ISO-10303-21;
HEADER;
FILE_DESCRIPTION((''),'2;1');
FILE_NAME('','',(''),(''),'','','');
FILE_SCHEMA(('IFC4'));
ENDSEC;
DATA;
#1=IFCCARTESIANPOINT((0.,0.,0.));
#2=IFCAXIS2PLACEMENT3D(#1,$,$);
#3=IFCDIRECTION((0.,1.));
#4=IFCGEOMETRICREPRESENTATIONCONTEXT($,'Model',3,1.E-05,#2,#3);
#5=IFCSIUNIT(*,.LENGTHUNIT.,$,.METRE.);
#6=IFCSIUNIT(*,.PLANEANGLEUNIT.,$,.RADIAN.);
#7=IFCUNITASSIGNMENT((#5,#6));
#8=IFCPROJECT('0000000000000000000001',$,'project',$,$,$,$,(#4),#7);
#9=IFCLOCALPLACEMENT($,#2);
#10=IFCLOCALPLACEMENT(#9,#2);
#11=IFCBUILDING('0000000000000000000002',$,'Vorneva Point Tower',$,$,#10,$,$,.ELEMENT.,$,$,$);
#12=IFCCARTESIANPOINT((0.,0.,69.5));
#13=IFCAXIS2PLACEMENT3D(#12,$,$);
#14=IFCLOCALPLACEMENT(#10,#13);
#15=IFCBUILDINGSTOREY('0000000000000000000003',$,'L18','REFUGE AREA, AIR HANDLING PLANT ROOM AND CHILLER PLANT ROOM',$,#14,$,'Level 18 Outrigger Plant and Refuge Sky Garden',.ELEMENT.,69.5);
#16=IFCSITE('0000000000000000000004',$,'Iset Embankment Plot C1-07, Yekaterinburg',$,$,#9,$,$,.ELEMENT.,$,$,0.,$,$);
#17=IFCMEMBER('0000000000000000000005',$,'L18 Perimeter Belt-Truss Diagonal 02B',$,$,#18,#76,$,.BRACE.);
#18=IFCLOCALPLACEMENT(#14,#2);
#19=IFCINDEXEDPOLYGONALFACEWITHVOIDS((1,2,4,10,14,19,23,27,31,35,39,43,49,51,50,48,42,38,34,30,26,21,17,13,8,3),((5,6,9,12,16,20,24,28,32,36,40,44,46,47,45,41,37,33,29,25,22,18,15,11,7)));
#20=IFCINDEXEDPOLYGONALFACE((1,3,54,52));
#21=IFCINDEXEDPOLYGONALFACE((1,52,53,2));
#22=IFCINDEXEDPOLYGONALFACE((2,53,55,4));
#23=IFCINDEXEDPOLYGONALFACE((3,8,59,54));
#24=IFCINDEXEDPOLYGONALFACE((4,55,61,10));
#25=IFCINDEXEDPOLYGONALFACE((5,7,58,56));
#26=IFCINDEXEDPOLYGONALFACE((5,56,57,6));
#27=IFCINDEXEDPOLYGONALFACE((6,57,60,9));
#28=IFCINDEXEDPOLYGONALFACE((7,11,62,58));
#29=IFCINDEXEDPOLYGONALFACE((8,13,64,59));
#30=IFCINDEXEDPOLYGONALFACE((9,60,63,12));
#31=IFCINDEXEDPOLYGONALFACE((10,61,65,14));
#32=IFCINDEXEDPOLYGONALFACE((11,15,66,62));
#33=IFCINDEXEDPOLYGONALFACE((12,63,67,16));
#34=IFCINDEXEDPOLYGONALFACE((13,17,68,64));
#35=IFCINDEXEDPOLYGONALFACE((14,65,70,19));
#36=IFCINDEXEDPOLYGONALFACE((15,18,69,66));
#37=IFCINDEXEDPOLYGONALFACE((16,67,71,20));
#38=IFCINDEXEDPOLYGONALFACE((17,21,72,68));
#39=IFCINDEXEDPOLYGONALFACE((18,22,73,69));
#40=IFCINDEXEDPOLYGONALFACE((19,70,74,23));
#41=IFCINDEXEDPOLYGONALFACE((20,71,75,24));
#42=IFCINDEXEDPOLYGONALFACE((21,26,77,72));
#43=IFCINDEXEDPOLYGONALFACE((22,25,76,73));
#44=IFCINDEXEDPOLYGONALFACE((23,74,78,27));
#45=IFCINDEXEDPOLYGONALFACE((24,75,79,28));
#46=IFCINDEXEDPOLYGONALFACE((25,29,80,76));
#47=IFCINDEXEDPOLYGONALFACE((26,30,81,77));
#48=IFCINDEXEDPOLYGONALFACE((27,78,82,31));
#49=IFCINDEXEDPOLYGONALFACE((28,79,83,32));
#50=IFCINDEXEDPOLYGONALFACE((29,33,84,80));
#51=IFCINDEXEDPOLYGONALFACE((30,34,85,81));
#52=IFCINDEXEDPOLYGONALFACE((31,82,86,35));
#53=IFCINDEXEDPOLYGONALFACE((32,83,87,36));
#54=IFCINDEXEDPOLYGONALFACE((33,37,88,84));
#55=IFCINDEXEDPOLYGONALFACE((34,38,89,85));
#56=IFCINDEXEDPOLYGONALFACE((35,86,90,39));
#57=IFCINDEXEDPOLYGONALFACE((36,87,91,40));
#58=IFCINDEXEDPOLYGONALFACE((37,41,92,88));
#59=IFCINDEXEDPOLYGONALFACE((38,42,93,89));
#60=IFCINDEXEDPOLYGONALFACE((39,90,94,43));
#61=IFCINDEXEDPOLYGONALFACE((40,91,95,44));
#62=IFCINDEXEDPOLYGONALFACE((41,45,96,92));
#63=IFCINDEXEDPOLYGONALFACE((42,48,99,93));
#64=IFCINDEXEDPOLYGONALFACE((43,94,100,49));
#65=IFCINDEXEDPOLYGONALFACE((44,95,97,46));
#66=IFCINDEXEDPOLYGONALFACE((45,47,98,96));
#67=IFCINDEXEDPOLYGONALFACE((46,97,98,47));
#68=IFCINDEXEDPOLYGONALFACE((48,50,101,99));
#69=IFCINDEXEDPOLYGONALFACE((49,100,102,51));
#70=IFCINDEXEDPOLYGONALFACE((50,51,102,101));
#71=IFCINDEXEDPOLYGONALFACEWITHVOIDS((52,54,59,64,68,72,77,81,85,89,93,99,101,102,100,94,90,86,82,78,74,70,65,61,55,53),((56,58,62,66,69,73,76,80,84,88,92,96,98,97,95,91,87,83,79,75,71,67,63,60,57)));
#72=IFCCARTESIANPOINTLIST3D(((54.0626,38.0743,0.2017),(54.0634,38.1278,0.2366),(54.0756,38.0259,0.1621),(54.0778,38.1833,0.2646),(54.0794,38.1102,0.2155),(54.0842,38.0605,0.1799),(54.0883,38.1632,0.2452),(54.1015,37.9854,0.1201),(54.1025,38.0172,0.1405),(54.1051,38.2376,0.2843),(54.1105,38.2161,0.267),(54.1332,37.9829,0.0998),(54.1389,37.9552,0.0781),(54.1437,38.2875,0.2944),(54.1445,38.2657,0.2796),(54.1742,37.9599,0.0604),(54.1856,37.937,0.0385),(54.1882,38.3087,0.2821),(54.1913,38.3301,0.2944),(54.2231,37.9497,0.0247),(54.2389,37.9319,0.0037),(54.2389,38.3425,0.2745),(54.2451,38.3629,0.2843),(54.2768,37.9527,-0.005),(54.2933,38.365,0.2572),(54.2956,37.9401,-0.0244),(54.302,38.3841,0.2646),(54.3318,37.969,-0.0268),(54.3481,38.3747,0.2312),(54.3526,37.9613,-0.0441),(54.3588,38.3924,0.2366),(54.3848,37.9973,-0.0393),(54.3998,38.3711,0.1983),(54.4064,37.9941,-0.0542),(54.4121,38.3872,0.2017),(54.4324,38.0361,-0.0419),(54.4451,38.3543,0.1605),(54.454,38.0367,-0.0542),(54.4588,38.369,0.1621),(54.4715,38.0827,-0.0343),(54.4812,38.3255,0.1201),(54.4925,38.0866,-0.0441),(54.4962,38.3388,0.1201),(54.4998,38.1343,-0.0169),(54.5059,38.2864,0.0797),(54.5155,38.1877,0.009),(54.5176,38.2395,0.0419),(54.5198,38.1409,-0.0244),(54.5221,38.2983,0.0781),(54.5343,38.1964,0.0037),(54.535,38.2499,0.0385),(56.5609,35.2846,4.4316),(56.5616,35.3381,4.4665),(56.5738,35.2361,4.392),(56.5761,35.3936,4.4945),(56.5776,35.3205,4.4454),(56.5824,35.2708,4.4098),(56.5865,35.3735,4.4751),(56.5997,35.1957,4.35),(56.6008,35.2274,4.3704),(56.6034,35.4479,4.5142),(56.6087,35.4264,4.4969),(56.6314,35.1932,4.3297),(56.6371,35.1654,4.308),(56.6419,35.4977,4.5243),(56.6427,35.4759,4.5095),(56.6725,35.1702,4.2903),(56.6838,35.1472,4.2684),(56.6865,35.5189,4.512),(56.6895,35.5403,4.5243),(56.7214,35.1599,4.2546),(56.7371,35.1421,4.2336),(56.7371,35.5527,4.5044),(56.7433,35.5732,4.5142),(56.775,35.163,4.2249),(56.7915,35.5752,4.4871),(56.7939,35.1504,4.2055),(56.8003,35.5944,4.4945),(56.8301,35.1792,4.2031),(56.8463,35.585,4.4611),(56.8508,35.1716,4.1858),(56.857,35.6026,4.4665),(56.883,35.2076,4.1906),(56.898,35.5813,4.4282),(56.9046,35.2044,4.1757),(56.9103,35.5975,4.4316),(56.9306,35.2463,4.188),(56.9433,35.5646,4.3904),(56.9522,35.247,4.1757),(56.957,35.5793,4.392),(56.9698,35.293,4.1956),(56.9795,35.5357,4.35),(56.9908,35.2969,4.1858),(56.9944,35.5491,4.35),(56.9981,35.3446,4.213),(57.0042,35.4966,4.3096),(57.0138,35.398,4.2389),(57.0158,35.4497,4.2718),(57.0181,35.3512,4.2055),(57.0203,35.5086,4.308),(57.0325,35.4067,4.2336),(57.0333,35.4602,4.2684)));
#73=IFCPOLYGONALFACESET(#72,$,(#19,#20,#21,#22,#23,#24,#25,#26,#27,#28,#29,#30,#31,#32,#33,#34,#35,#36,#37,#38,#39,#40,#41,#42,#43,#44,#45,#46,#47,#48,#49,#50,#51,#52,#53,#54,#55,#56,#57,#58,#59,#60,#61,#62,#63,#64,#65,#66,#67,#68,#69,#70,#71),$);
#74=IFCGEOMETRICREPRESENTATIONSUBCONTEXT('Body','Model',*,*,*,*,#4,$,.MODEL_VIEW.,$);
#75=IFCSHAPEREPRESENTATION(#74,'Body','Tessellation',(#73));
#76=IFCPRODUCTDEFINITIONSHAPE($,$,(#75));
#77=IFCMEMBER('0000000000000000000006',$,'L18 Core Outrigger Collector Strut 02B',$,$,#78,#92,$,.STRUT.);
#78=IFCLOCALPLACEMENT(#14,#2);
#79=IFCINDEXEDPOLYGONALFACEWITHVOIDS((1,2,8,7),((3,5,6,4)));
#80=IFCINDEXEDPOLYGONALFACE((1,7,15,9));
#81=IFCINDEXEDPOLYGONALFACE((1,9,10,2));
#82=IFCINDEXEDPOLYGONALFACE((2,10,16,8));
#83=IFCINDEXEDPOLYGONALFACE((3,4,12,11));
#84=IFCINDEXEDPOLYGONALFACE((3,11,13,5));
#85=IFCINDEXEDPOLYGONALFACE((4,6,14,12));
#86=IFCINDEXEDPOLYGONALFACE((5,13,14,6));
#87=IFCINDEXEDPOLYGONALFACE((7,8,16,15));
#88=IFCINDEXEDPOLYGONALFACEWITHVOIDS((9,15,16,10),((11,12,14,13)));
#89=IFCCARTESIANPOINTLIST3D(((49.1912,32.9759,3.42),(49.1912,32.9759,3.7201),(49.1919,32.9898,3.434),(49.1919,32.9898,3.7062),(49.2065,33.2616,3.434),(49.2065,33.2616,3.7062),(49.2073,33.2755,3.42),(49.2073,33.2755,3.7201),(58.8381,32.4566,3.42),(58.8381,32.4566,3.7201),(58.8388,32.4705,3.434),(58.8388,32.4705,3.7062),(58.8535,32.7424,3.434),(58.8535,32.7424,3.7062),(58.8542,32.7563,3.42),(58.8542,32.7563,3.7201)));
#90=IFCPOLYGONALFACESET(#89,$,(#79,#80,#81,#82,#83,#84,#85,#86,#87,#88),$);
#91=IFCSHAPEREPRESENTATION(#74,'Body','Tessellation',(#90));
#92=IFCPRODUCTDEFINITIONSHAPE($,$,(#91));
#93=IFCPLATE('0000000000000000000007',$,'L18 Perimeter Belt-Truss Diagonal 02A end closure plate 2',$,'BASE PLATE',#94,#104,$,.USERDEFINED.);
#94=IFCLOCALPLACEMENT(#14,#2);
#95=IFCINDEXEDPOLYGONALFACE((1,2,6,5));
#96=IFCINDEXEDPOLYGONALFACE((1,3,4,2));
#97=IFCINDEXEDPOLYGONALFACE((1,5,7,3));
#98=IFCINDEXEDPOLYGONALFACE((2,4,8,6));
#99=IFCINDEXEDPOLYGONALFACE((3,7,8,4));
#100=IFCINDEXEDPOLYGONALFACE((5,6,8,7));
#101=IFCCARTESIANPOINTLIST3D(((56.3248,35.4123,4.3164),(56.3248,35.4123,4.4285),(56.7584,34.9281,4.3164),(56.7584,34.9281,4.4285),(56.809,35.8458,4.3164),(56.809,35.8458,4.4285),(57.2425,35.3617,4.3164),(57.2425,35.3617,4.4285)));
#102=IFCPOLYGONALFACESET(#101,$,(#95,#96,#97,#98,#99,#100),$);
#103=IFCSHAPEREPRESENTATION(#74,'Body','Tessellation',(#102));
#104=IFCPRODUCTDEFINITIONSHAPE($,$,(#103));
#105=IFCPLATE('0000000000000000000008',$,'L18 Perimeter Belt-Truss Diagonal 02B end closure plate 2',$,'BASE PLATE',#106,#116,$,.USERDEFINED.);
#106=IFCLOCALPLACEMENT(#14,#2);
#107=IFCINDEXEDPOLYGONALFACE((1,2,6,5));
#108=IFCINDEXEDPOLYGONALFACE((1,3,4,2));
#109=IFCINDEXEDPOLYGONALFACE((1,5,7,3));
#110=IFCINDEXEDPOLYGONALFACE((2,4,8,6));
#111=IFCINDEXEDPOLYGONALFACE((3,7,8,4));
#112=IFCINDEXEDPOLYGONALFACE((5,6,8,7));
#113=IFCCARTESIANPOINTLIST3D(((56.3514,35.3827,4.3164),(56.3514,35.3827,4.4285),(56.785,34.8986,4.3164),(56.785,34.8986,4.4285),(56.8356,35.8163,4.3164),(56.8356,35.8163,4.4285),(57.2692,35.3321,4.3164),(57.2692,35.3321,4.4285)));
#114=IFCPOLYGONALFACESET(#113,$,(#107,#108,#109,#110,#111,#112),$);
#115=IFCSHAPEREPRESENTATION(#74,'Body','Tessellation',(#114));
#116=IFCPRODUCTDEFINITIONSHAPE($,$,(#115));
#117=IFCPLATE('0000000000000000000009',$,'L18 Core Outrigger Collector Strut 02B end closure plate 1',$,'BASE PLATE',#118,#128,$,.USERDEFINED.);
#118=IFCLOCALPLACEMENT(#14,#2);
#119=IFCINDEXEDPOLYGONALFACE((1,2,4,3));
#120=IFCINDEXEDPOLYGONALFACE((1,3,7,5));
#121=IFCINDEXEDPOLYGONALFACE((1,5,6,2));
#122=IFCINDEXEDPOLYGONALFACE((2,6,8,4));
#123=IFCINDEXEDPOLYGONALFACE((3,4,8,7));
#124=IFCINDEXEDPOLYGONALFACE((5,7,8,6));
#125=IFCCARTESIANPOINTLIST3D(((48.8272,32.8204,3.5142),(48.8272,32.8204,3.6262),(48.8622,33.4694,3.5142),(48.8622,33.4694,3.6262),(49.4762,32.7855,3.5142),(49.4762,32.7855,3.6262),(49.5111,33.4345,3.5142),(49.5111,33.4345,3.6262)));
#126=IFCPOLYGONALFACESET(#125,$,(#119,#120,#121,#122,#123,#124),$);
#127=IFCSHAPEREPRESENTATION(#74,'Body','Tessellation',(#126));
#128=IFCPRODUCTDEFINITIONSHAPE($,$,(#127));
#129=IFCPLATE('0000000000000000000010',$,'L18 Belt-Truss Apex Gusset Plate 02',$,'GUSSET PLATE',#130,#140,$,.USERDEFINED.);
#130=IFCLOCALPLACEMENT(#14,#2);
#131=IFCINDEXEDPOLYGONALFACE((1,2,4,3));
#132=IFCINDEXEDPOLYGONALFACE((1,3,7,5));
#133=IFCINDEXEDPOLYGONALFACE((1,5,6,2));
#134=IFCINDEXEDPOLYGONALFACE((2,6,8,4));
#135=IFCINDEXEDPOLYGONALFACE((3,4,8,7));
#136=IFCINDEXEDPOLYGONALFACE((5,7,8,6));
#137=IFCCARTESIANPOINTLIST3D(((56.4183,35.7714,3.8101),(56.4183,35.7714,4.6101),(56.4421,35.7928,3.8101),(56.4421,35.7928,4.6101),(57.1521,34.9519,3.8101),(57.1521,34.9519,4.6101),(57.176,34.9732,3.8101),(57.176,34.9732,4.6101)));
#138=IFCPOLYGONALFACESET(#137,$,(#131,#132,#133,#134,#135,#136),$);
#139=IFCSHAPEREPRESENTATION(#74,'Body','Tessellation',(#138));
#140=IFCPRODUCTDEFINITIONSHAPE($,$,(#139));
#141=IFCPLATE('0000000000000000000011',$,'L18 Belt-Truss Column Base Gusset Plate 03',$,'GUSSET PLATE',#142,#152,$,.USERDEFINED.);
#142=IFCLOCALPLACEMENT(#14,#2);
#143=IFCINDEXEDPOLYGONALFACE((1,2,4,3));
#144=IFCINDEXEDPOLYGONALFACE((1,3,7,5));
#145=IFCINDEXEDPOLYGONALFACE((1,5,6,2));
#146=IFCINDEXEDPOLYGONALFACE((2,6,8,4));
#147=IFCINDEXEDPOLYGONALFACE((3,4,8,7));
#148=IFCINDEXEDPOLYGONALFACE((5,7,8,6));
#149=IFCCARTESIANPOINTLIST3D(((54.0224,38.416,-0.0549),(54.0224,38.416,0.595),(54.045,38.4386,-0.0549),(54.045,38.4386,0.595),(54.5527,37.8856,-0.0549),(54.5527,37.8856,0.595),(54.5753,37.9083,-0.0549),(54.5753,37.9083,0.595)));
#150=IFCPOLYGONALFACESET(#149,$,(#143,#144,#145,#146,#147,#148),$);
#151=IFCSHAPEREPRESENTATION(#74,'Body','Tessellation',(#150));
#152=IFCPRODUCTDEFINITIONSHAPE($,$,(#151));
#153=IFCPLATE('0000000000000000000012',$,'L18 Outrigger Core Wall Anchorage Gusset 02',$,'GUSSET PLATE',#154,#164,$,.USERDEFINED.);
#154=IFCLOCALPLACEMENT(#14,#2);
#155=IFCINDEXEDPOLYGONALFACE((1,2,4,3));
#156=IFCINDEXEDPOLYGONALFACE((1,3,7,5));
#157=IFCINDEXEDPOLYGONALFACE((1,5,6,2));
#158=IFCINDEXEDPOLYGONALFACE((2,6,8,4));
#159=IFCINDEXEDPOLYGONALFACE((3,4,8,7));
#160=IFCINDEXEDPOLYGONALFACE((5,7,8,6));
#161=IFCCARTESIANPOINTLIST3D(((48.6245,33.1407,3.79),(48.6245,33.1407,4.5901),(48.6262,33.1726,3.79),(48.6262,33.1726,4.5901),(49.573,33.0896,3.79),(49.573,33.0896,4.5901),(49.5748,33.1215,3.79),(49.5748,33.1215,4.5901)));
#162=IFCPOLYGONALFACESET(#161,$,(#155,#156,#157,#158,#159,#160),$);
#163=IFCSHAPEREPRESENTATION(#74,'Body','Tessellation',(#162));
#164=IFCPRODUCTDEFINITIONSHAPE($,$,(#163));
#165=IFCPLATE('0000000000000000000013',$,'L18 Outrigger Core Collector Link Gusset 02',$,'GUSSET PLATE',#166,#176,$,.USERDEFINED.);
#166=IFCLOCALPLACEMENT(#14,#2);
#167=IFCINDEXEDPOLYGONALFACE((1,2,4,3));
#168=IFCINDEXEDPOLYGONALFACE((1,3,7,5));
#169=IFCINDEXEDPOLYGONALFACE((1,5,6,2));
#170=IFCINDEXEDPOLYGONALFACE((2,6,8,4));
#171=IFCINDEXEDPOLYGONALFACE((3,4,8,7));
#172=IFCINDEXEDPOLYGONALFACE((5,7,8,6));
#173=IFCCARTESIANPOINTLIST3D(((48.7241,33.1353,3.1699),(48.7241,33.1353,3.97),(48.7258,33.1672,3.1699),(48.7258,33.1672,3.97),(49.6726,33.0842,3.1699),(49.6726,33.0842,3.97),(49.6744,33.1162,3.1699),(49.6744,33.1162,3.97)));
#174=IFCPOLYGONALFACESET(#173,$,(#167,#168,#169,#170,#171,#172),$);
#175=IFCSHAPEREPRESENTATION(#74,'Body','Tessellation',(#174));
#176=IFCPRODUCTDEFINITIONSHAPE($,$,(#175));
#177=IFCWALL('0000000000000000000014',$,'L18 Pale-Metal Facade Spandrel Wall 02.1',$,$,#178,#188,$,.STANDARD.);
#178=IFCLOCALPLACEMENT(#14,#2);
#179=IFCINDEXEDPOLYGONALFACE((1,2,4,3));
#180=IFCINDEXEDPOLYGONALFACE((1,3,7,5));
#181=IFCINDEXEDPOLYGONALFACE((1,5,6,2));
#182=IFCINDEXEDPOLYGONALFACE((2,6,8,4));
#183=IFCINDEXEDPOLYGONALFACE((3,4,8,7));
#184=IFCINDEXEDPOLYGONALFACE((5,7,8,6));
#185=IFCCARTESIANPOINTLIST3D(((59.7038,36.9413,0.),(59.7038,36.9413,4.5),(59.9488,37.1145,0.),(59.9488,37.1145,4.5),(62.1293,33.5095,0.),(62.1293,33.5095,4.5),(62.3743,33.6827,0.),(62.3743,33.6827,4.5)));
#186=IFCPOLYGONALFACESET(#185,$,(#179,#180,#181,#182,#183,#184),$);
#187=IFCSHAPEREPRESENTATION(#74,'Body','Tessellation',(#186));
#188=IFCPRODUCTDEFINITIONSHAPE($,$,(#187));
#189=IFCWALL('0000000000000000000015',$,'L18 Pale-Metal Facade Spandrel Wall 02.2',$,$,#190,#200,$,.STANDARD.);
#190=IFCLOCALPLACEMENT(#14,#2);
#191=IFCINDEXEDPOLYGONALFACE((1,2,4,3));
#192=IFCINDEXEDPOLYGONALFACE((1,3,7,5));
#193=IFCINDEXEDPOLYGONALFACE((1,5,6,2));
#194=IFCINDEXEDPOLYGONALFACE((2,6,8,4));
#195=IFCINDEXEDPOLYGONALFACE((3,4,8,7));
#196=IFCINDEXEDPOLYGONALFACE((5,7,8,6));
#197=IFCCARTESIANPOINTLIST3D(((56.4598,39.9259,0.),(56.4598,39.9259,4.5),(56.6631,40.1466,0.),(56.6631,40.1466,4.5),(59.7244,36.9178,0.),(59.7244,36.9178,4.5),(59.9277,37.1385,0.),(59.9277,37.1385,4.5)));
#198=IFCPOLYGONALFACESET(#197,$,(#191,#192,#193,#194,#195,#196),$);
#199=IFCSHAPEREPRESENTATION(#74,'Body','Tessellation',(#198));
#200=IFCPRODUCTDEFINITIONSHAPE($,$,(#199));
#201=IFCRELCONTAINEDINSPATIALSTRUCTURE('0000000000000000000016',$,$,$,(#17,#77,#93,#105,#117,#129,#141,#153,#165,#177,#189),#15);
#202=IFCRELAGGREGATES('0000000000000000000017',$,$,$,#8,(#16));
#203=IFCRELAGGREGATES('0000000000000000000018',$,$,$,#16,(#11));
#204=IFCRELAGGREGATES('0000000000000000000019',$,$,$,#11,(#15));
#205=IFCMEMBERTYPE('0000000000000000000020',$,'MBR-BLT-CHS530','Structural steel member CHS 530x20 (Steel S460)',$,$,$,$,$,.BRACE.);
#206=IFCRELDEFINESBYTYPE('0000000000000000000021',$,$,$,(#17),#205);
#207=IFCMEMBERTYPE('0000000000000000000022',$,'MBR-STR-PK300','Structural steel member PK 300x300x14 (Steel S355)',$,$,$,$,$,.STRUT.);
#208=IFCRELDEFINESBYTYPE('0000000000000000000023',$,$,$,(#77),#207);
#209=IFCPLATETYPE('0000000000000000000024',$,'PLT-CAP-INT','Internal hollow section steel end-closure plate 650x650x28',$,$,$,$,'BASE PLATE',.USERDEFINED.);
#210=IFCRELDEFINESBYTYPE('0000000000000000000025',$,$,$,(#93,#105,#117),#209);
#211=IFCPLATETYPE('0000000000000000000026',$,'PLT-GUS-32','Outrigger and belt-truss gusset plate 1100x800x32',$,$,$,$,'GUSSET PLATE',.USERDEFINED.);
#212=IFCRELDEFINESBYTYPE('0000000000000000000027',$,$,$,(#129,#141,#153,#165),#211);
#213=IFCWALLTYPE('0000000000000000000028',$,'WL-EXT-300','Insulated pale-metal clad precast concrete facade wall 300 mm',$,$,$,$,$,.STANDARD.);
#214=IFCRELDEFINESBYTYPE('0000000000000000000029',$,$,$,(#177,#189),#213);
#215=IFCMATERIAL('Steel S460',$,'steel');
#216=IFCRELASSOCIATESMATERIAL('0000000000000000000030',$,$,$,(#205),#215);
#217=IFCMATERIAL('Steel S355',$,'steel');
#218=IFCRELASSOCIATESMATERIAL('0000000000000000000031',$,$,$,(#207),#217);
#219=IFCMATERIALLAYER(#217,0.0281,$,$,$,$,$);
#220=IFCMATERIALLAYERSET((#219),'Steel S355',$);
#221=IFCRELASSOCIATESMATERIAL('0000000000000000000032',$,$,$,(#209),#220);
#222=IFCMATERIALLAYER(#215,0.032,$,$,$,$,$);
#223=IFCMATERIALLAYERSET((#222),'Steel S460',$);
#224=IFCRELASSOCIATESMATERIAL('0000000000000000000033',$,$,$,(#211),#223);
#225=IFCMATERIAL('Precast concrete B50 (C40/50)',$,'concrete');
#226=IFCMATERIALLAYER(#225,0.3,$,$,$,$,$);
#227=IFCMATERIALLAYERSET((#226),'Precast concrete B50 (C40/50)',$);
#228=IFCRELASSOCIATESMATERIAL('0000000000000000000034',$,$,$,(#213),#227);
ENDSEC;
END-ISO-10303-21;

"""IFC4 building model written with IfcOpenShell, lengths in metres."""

from ifc_helpers import new_model, si_unit, direction, frame, frame_2d, origin, origin_2d, place, context, subcontext, project, spatial, rectangle, hollow_rectangle, hollow_circle, extrude, material, layer, layer_set, material_profile, profile_set, type_object, element, save


model = new_model("IFC4")

# Units and contexts
model_context = context("Model", 3, precision=1e-05, world=origin(), true_north=direction((0.0, 1.0)))
body_context = subcontext(model_context, "Body", "Model", "MODEL_VIEW")
ifc_project = project(units=[si_unit("LENGTHUNIT", "METRE"), si_unit("PLANEANGLEUNIT", "RADIAN")], contexts=[model_context])

# Site, building, storey
site_placement = place(None, origin())
site = spatial("IfcSite", under=ifc_project, at=site_placement, Name="Iset Embankment Plot C1-07, Yekaterinburg", CompositionType="ELEMENT", RefElevation=0.0)
building_placement = place(site_placement, origin())
building = spatial("IfcBuilding", under=site, at=building_placement, Name="Vorneva Point Tower", CompositionType="ELEMENT")
storey_placement = place(building_placement, frame((0.0, 0.0, 69.5)))
storey = spatial("IfcBuildingStorey", under=building, at=storey_placement, Name="L18", Description="REFUGE AREA, AIR HANDLING PLANT ROOM AND CHILLER PLANT ROOM", LongName="Level 18 Outrigger Plant and Refuge Sky Garden", CompositionType="ELEMENT", Elevation=69.5)

# Shared definitions
ifc_material_1 = material(Name="Steel S460", Category="steel")
ifc_material_2 = material(Name="Steel S355", Category="steel")

# Members
ifc_material_profile_1 = material_profile(ifc_material_1, hollow_circle(Radius=0.2649, WallThickness=0.02, at=origin_2d()), Name="CHS 530x20")
ifc_profile_set_1 = profile_set([ifc_material_profile_1], Name="Steel S460")
member_type_1 = type_object("IfcMemberType", Name="MBR-BLT-CHS530", Description="Structural steel member CHS 530x20 (Steel S460)", PredefinedType="BRACE", material=ifc_profile_set_1)
member_1_placement = place(storey_placement, frame((54.2988, 38.1621, 0.1201), z_axis=(0.442212, -0.49381, 0.748732), x_axis=(0.744955, 0.667115, 0.0)))
element("IfcMember", 1, at=member_1_placement, inside=storey, type_object=member_type_1, Name="L18 Perimeter Belt-Truss Diagonal 02B", PredefinedType="BRACE", context=body_context, shape_type="SweptSolid", body=[
    extrude(hollow_circle(Radius=0.2649, WallThickness=0.02, at=origin_2d()), origin(), (0.0, 0.0, 1.0), 5.6494),
])
ifc_material_profile_2 = material_profile(ifc_material_2, hollow_rectangle(XDim=0.3, YDim=0.3, WallThickness=0.0139, at=origin_2d()), Name="PK 300x300x14")
ifc_profile_set_2 = profile_set([ifc_material_profile_2], Name="Steel S355")
member_type_2 = type_object("IfcMemberType", Name="MBR-STR-PK300", Description="Structural steel member PK 300x300x14 (Steel S355)", PredefinedType="STRUT", material=ifc_profile_set_2)
member_2_placement = place(storey_placement, frame((49.1992, 33.1257, 3.5701), z_axis=(0.998554, -0.053751, 0.0), x_axis=(0.053751, 0.998554, 0.0)))
element("IfcMember", 2, at=member_2_placement, inside=storey, type_object=member_type_2, Name="L18 Core Outrigger Collector Strut 02B", PredefinedType="STRUT", context=body_context, shape_type="SweptSolid", body=[
    extrude(hollow_rectangle(XDim=0.3, YDim=0.3, WallThickness=0.0139, at=origin_2d()), origin(), (0.0, 0.0, 1.0), 9.6609),
])

# Plates
ifc_layer_1 = layer(ifc_material_2, 0.0281)
ifc_layer_set_1 = layer_set([ifc_layer_1], Name="Steel S355")
plate_type_1 = type_object("IfcPlateType", Name="PLT-CAP-INT", Description="Internal hollow section steel end-closure plate 650x650x28", ElementType="BASE PLATE", PredefinedType="USERDEFINED", material=ifc_layer_set_1)
for number, where, z_axis, x_axis, name in (
    (3, (56.7837, 35.387, 4.3164), (0.0, 0.0, 1.0), (-0.667092, 0.744976, 0.0), "L18 Perimeter Belt-Truss Diagonal 02A end closure plate 2"),
    (4, (56.8103, 35.3574, 4.3164), (0.0, 0.0, 1.0), (0.667092, -0.744976, 0.0), "L18 Perimeter Belt-Truss Diagonal 02B end closure plate 2"),
    (5, (49.1692, 33.1274, 3.5142), (0.0, 0.0, 1.0), (0.998554, -0.053765, 0.0), "L18 Core Outrigger Collector Strut 02B end closure plate 1"),
):
    element("IfcPlate", number, at=place(storey_placement, frame(where, z_axis=z_axis, x_axis=x_axis)), inside=storey, type_object=plate_type_1, Name=name, ObjectType="BASE PLATE", PredefinedType="USERDEFINED", context=body_context, shape_type="SweptSolid", body=[
        extrude(rectangle(XDim=0.6499, YDim=0.6499, at=origin_2d()), origin(), (0.0, 0.0, 1.0), 0.1121),
    ])
ifc_layer_2 = layer(ifc_material_1, 0.032)
ifc_layer_set_2 = layer_set([ifc_layer_2], Name="Steel S460")
plate_type_2 = type_object("IfcPlateType", Name="PLT-GUS-32", Description="Outrigger and belt-truss gusset plate 1100x800x32", ElementType="GUSSET PLATE", PredefinedType="USERDEFINED", material=ifc_layer_set_2)
plate_1_placement = place(storey_placement, frame((56.7971, 35.3723, 3.8101), z_axis=(0.0, 0.0, 1.0), x_axis=(-0.667092, 0.744976, 0.0)))
element("IfcPlate", 6, at=plate_1_placement, inside=storey, type_object=plate_type_2, Name="L18 Belt-Truss Apex Gusset Plate 02", ObjectType="GUSSET PLATE", PredefinedType="USERDEFINED", context=body_context, shape_type="SweptSolid", body=[
    extrude(rectangle(XDim=1.1001, YDim=0.032, at=origin_2d()), origin(), (0.0, 0.0, 1.0), 0.8),
])
plate_2_placement = place(storey_placement, frame((54.2988, 38.1621, -0.0549), z_axis=(0.0, 0.0, 1.0), x_axis=(-0.707107, 0.707107, 0.0)))
element("IfcPlate", 7, at=plate_2_placement, inside=storey, type_object=plate_type_2, Name="L18 Belt-Truss Column Base Gusset Plate 03", ObjectType="GUSSET PLATE", PredefinedType="USERDEFINED", context=body_context, shape_type="SweptSolid", body=[
    extrude(rectangle(XDim=0.75, YDim=0.032, at=origin_2d()), origin(), (0.0, 0.0, 1.0), 0.6499),
])
for number, where, z_axis, x_axis, name in (
    (8, (49.0996, 33.1311, 3.79), (0.0, 0.0, 1.0), (0.998554, -0.053765, 0.0), "L18 Outrigger Core Wall Anchorage Gusset 02"),
    (9, (49.1992, 33.1257, 3.1699), (0.0, 0.0, 1.0), (0.998554, -0.053765, 0.0), "L18 Outrigger Core Collector Link Gusset 02"),
):
    element("IfcPlate", number, at=place(storey_placement, frame(where, z_axis=z_axis, x_axis=x_axis)), inside=storey, type_object=plate_type_2, Name=name, ObjectType="GUSSET PLATE", PredefinedType="USERDEFINED", context=body_context, shape_type="SweptSolid", body=[
        extrude(rectangle(XDim=0.95, YDim=0.032, at=origin_2d()), origin(), (0.0, 0.0, 1.0), 0.8),
    ])

# Walls
ifc_material_3 = material(Name="Precast concrete B50 (C40/50)", Category="concrete")
ifc_layer_3 = layer(ifc_material_3, 0.3)
ifc_layer_set_3 = layer_set([ifc_layer_3], Name="Precast concrete B50 (C40/50)")
wall_type_1 = type_object("IfcWallType", Name="WL-EXT-300", Description="Insulated pale-metal clad precast concrete facade wall 300 mm", PredefinedType="STANDARD", material=ifc_layer_set_3)
wall_1_placement = place(storey_placement, frame((62.2517, 33.5962, 0.0), z_axis=(0.0, 0.0, 1.0), x_axis=(-0.577164, 0.816628, 0.0)))
element("IfcWall", 10, at=wall_1_placement, inside=storey, type_object=wall_type_1, Name="L18 Pale-Metal Facade Spandrel Wall 02.1", PredefinedType="STANDARD", context=body_context, shape_type="SweptSolid", body=[
    extrude(rectangle(XDim=4.2024, YDim=0.3, at=frame_2d((2.1011, 0.0))), origin(), (0.0, 0.0, 1.0), 4.5),
])
wall_2_placement = place(storey_placement, frame((59.8262, 37.0281, 0.0), z_axis=(0.0, 0.0, 1.0), x_axis=(-0.735417, 0.677615, 0.0)))
element("IfcWall", 11, at=wall_2_placement, inside=storey, type_object=wall_type_1, Name="L18 Pale-Metal Facade Spandrel Wall 02.2", PredefinedType="STANDARD", context=body_context, shape_type="SweptSolid", body=[
    extrude(rectangle(XDim=4.4392, YDim=0.3, at=frame_2d((2.2197, 0.0))), origin(), (0.0, 0.0, 1.0), 4.5),
])

save(model, "model.ifc")
